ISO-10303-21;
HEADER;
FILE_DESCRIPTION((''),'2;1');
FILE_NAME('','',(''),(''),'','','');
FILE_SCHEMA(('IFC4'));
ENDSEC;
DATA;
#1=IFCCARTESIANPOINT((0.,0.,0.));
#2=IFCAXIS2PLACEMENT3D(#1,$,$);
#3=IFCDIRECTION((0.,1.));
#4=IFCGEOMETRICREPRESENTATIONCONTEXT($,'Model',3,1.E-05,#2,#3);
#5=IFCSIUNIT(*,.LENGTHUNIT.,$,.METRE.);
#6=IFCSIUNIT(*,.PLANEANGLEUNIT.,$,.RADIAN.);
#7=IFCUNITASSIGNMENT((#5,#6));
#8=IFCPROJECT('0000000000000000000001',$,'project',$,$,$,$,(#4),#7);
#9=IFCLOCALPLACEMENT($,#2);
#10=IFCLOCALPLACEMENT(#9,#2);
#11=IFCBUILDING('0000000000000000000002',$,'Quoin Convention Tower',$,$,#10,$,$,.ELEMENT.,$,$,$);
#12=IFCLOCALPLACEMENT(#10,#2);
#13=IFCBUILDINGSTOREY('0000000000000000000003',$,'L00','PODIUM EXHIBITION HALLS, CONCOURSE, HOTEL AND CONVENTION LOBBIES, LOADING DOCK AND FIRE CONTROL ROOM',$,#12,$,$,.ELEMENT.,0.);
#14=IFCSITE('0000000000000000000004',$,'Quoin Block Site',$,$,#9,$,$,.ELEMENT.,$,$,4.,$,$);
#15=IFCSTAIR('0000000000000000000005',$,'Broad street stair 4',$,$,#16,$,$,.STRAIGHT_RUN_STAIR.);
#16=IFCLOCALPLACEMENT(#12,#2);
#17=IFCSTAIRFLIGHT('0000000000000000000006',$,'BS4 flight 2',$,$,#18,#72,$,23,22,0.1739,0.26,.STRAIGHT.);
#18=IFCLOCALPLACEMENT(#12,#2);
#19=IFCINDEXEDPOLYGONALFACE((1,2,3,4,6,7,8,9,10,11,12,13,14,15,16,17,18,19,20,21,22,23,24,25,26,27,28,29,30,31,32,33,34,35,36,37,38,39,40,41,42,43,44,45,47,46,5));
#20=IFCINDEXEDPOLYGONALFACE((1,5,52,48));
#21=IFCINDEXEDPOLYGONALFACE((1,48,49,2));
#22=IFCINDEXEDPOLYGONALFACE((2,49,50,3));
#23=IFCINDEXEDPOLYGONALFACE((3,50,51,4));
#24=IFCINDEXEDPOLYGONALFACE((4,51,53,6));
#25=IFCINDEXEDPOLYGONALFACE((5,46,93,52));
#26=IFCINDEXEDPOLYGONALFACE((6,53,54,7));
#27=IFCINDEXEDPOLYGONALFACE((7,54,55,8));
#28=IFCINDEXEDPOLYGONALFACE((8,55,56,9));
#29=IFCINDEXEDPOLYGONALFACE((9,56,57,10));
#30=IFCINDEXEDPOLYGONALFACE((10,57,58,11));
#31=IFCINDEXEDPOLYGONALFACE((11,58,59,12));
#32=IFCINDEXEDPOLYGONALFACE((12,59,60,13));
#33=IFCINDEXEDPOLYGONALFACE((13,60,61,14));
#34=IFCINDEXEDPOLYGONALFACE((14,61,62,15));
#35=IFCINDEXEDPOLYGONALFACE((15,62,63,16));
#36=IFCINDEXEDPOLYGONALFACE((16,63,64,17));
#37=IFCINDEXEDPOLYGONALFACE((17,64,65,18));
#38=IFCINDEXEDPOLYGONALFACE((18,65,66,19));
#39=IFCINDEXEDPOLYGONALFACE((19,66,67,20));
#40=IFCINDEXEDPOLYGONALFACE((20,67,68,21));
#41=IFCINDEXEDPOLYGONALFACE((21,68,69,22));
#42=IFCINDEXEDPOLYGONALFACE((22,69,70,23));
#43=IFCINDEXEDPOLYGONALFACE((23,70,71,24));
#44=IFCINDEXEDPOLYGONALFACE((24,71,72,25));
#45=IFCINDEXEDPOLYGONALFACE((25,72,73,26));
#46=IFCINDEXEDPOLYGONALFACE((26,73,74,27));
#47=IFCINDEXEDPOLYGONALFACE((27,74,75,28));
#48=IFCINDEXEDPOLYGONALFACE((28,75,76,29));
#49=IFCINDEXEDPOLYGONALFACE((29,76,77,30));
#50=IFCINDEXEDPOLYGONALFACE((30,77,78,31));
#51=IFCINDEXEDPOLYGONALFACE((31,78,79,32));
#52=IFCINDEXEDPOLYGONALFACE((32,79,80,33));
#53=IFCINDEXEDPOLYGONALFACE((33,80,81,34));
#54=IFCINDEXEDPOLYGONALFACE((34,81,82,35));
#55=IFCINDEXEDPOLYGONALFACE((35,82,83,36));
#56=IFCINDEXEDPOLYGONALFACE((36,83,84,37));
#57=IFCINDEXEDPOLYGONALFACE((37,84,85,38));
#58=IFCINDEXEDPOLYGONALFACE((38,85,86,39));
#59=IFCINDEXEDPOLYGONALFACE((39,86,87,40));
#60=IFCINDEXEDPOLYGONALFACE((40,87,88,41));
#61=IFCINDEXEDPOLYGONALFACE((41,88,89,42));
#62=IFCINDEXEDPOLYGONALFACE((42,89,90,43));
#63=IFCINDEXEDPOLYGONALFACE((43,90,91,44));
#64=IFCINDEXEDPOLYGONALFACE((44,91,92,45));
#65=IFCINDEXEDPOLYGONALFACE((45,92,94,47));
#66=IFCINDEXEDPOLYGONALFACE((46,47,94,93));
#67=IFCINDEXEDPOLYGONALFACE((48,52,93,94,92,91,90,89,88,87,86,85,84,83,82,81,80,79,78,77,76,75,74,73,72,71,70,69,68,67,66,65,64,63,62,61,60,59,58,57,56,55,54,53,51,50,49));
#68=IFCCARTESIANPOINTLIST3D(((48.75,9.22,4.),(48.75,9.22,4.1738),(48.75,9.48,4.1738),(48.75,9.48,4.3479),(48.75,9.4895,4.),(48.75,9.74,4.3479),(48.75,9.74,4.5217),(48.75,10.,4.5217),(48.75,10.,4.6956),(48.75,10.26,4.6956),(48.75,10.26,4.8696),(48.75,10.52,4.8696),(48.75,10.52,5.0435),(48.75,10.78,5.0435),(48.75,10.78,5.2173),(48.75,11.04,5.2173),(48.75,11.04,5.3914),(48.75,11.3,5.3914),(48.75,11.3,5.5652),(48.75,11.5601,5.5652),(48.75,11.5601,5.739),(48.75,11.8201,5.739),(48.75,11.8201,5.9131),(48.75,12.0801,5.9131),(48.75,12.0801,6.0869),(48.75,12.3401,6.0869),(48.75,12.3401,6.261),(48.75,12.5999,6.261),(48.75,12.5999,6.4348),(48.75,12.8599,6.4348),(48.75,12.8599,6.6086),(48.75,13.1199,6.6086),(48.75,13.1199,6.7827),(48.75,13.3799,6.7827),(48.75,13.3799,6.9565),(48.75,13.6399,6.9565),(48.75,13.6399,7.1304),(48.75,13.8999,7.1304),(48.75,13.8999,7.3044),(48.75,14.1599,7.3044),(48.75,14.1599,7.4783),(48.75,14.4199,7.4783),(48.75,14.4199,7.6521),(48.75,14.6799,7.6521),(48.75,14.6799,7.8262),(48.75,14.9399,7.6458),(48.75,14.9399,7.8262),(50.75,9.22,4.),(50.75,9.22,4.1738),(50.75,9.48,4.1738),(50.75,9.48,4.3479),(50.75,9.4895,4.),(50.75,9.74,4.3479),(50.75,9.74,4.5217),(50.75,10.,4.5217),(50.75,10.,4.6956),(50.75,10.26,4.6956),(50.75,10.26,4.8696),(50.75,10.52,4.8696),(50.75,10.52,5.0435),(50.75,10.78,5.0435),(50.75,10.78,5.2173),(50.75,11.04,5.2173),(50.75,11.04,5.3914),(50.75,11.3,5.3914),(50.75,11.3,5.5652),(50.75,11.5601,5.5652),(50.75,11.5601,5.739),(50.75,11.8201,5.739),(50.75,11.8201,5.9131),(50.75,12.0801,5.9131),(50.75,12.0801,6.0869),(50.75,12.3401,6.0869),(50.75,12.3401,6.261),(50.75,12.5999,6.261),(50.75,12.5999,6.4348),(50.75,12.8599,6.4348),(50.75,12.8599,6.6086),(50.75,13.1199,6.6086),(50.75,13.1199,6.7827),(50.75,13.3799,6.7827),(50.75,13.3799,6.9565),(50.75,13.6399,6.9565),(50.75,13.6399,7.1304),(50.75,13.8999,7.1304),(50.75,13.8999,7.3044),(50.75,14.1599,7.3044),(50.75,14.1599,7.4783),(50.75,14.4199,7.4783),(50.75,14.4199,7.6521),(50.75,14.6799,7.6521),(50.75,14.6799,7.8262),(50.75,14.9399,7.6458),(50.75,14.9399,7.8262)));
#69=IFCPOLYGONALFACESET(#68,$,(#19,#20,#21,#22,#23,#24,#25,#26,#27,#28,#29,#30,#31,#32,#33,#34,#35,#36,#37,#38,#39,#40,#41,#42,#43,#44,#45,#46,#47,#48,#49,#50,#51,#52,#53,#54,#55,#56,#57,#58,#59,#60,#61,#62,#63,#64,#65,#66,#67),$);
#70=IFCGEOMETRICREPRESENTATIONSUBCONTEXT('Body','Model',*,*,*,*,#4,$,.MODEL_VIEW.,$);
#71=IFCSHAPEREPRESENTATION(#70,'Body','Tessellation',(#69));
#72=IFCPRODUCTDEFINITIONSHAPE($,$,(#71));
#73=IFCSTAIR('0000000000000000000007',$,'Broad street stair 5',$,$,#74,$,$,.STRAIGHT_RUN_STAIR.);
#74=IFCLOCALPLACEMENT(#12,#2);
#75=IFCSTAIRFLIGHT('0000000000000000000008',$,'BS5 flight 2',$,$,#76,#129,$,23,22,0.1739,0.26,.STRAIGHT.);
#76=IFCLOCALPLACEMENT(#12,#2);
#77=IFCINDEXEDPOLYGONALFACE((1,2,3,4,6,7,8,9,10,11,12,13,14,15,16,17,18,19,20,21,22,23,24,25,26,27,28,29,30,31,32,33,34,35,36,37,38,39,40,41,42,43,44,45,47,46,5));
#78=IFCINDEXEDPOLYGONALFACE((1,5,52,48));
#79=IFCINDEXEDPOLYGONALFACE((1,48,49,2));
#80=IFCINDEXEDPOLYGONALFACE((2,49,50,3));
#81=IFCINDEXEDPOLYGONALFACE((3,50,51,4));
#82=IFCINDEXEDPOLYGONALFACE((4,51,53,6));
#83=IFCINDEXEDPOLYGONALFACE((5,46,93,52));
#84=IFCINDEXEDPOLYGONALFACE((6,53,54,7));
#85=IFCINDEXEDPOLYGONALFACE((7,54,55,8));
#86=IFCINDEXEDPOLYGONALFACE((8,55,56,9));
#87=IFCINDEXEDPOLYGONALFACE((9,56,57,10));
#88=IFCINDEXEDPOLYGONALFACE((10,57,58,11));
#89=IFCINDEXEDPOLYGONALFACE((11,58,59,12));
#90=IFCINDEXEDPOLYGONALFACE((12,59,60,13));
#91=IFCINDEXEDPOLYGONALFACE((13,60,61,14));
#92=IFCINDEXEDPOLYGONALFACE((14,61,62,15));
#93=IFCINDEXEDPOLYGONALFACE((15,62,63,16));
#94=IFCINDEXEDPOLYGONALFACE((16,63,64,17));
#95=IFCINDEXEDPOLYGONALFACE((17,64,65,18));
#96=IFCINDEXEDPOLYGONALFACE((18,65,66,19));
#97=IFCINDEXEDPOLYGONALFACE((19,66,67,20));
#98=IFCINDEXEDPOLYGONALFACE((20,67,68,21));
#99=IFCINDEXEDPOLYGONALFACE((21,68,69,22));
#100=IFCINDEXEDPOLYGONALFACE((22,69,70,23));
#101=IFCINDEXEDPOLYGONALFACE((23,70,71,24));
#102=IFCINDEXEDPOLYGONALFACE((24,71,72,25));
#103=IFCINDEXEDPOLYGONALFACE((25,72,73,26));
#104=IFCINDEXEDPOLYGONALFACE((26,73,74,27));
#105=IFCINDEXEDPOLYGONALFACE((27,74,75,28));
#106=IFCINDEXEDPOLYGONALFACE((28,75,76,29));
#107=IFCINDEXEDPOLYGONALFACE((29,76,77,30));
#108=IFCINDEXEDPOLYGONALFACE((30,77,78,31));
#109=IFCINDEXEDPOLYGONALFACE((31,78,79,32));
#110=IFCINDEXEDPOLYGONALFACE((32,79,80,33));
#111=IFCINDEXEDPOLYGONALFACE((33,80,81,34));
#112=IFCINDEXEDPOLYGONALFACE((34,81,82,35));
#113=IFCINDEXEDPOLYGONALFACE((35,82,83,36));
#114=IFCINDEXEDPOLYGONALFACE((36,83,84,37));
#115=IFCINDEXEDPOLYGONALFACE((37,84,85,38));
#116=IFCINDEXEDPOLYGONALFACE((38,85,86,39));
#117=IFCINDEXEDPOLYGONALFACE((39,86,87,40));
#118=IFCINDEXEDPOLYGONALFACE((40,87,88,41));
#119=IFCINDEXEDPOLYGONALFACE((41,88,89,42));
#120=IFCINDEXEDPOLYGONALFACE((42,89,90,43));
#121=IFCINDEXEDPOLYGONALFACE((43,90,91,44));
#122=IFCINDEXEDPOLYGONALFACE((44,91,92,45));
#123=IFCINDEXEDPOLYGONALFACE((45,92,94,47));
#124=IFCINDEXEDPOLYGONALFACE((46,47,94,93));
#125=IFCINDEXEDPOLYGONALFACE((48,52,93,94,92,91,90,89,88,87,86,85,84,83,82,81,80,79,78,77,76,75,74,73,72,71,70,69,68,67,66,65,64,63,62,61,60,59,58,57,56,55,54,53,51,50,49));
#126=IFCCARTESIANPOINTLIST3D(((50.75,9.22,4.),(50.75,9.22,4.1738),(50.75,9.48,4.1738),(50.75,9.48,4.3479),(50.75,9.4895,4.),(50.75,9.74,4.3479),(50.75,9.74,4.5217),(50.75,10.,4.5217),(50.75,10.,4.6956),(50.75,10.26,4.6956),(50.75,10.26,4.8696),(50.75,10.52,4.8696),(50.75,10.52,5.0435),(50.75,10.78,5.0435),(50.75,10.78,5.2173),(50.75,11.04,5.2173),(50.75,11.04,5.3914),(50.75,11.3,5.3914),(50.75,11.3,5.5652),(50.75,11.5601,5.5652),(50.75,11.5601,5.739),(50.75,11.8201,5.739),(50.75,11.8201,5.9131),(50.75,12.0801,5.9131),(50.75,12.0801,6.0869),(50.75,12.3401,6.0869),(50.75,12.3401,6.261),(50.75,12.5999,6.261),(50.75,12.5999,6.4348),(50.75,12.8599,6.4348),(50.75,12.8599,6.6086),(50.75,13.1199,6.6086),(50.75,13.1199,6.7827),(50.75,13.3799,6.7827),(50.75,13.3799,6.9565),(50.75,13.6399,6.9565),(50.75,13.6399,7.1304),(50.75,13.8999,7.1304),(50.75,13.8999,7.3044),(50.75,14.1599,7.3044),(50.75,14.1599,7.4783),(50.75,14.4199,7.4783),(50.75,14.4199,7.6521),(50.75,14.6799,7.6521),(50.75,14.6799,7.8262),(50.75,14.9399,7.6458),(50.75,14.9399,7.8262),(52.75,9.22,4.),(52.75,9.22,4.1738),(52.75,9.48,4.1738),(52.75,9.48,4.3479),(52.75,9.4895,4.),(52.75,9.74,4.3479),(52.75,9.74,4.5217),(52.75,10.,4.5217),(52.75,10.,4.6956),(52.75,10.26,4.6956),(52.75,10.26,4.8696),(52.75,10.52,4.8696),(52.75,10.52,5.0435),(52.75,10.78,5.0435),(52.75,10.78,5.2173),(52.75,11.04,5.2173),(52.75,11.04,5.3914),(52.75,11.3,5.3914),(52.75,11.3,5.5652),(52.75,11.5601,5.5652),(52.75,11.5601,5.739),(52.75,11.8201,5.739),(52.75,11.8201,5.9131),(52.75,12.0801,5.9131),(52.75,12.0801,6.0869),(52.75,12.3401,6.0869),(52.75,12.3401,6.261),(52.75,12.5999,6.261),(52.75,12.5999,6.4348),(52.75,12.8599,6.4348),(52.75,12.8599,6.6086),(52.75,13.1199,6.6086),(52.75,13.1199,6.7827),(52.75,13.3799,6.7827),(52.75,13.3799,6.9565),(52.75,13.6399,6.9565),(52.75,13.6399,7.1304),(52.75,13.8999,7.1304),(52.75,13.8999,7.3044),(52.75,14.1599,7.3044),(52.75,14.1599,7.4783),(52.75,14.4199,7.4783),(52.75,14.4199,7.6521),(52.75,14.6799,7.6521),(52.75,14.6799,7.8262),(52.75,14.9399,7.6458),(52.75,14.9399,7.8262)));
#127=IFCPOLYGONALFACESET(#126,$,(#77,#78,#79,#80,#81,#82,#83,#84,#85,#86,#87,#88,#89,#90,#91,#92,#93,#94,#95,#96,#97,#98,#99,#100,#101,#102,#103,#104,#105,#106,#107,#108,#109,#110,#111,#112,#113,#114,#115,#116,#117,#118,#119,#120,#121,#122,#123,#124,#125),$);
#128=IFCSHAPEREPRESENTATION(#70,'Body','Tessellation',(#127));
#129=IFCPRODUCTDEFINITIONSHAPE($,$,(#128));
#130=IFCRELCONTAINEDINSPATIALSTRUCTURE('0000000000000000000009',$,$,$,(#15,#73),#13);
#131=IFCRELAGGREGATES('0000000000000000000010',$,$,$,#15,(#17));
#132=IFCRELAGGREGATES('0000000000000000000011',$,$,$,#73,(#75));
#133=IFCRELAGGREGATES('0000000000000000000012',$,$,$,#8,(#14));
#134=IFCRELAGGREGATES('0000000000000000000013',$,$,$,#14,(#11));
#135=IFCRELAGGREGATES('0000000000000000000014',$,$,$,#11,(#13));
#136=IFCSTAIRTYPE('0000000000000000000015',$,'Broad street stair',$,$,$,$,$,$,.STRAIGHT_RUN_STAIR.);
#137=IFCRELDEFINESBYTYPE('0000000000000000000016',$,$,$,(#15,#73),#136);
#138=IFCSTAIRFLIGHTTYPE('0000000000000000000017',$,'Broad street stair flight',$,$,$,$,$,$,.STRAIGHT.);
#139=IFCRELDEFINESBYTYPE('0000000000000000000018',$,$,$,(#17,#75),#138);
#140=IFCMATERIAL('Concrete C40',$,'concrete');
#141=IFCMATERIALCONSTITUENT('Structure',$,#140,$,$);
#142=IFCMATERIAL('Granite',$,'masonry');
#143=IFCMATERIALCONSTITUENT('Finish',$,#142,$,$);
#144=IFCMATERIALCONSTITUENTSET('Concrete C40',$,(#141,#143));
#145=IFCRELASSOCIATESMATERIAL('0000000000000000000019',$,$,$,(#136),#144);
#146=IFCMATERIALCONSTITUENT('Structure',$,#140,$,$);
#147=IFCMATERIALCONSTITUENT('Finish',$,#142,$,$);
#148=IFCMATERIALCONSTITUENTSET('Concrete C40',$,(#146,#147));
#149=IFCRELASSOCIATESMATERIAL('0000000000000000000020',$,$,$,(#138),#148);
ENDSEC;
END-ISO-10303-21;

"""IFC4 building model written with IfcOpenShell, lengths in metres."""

from ifc_helpers import new_model, si_unit, direction, frame, origin, place, context, subcontext, project, spatial, polyline, outline, extrude, material, constituent, constituent_set, type_object, element, aggregate, save


model = new_model("IFC4")

# Units and contexts
model_context = context("Model", 3, precision=1e-05, world=origin(), true_north=direction((0.0, 1.0)))
body_context = subcontext(model_context, "Body", "Model", "MODEL_VIEW")
ifc_project = project(units=[si_unit("LENGTHUNIT", "METRE"), si_unit("PLANEANGLEUNIT", "RADIAN")], contexts=[model_context])

# Site, building, storey
site_placement = place(None, origin())
site = spatial("IfcSite", under=ifc_project, at=site_placement, Name="Quoin Block Site", CompositionType="ELEMENT", RefElevation=4.0)
building_placement = place(site_placement, origin())
building = spatial("IfcBuilding", under=site, at=building_placement, Name="Quoin Convention Tower", CompositionType="ELEMENT")
storey_placement = place(building_placement, origin())
storey = spatial("IfcBuildingStorey", under=building, at=storey_placement, Name="L00", Description="PODIUM EXHIBITION HALLS, CONCOURSE, HOTEL AND CONVENTION LOBBIES, LOADING DOCK AND FIRE CONTROL ROOM", CompositionType="ELEMENT", Elevation=0.0)

# Shared definitions
ifc_material_1 = material(Name="Concrete C40", Category="concrete")

# Stairs, stair flights
ifc_constituent_1 = constituent(ifc_material_1, Name="Structure")
ifc_material_2 = material(Name="Granite", Category="masonry")
ifc_constituent_2 = constituent(ifc_material_2, Name="Finish")
ifc_constituent_set_1 = constituent_set(constituents=[ifc_constituent_1, ifc_constituent_2], Name="Concrete C40")
stair_type = type_object("IfcStairType", Name="Broad street stair", PredefinedType="STRAIGHT_RUN_STAIR", material=ifc_constituent_set_1)
ifc_constituent_3 = constituent(ifc_material_1, Name="Structure")
ifc_constituent_4 = constituent(ifc_material_2, Name="Finish")
ifc_constituent_set_2 = constituent_set(constituents=[ifc_constituent_3, ifc_constituent_4], Name="Concrete C40")
stair_flight_type = type_object("IfcStairFlightType", Name="Broad street stair flight", PredefinedType="STRAIGHT", material=ifc_constituent_set_2)
stair_1_placement = place(storey_placement, origin())
stair_1 = element("IfcStair", 1, at=stair_1_placement, inside=storey, type_object=stair_type, Name="Broad street stair 4", PredefinedType="STRAIGHT_RUN_STAIR")
stair_flight_1_placement = place(storey_placement, frame((49.75, 9.22, 4.0), z_axis=(0.0, 0.0, 1.0), x_axis=(0.0, 1.0, 0.0)))
stair_flight_1 = element("IfcStairFlight", 2, at=stair_flight_1_placement, type_object=stair_flight_type, Name="BS4 flight 2", NumberOfRisers=23, NumberOfTreads=22, PredefinedType="STRAIGHT", RiserHeight=0.1739, TreadLength=0.26, context=body_context, shape_type="SweptSolid", body=[
    extrude(outline(polyline([(0.0, 0.0), (0.0, 0.1738), (0.26, 0.1738), (0.26, 0.3479), (0.52, 0.3479), (0.52, 0.5217), (0.78, 0.5217), (0.78, 0.6956), (1.04, 0.6956), (1.04, 0.8696), (1.3, 0.8696), (1.3, 1.0435), (1.5601, 1.0435), (1.5601, 1.2173), (1.8201, 1.2173), (1.8201, 1.3914), (2.0801, 1.3914), (2.0801, 1.5652), (2.3401, 1.5652), (2.3401, 1.739), (2.6001, 1.739), (2.6001, 1.9131), (2.8601, 1.9131), (2.8601, 2.0869), (3.1201, 2.0869), (3.1201, 2.261), (3.3799, 2.261), (3.3799, 2.4348), (3.6399, 2.4348), (3.6399, 2.6086), (3.8999, 2.6086), (3.8999, 2.7827), (4.1599, 2.7827), (4.1599, 2.9565), (4.4199, 2.9565), (4.4199, 3.1304), (4.6799, 3.1304), (4.6799, 3.3044), (4.9399, 3.3044), (4.9399, 3.4783), (5.2, 3.4783), (5.2, 3.6521), (5.46, 3.6521), (5.46, 3.8262), (5.72, 3.8262), (5.72, 4.0), (5.72, 3.6458), (0.2695, 0.0), (0.0, 0.0)])), frame((0.0, 1.0, 0.0), z_axis=(0.0, -1.0, 0.0), x_axis=(1.0, 0.0, 0.0)), (0.0, 0.0, 1.0), 2.0),
])
aggregate(stair_1, [stair_flight_1])
stair_2_placement = place(storey_placement, origin())
stair_2 = element("IfcStair", 3, at=stair_2_placement, inside=storey, type_object=stair_type, Name="Broad street stair 5", PredefinedType="STRAIGHT_RUN_STAIR")
stair_flight_2_placement = place(storey_placement, frame((51.75, 9.22, 4.0), z_axis=(0.0, 0.0, 1.0), x_axis=(0.0, 1.0, 0.0)))
stair_flight_2 = element("IfcStairFlight", 4, at=stair_flight_2_placement, type_object=stair_flight_type, Name="BS5 flight 2", NumberOfRisers=23, NumberOfTreads=22, PredefinedType="STRAIGHT", RiserHeight=0.1739, TreadLength=0.26, context=body_context, shape_type="SweptSolid", body=[
    extrude(outline(polyline([(0.0, 0.0), (0.0, 0.1738), (0.26, 0.1738), (0.26, 0.3479), (0.52, 0.3479), (0.52, 0.5217), (0.78, 0.5217), (0.78, 0.6956), (1.04, 0.6956), (1.04, 0.8696), (1.3, 0.8696), (1.3, 1.0435), (1.5601, 1.0435), (1.5601, 1.2173), (1.8201, 1.2173), (1.8201, 1.3914), (2.0801, 1.3914), (2.0801, 1.5652), (2.3401, 1.5652), (2.3401, 1.739), (2.6001, 1.739), (2.6001, 1.9131), (2.8601, 1.9131), (2.8601, 2.0869), (3.1201, 2.0869), (3.1201, 2.261), (3.3799, 2.261), (3.3799, 2.4348), (3.6399, 2.4348), (3.6399, 2.6086), (3.8999, 2.6086), (3.8999, 2.7827), (4.1599, 2.7827), (4.1599, 2.9565), (4.4199, 2.9565), (4.4199, 3.1304), (4.6799, 3.1304), (4.6799, 3.3044), (4.9399, 3.3044), (4.9399, 3.4783), (5.2, 3.4783), (5.2, 3.6521), (5.46, 3.6521), (5.46, 3.8262), (5.72, 3.8262), (5.72, 4.0), (5.72, 3.6458), (0.2695, 0.0), (0.0, 0.0)])), frame((0.0, 1.0, 0.0), z_axis=(0.0, -1.0, 0.0), x_axis=(1.0, 0.0, 0.0)), (0.0, 0.0, 1.0), 2.0),
])
aggregate(stair_2, [stair_flight_2])

save(model, "model.ifc")
